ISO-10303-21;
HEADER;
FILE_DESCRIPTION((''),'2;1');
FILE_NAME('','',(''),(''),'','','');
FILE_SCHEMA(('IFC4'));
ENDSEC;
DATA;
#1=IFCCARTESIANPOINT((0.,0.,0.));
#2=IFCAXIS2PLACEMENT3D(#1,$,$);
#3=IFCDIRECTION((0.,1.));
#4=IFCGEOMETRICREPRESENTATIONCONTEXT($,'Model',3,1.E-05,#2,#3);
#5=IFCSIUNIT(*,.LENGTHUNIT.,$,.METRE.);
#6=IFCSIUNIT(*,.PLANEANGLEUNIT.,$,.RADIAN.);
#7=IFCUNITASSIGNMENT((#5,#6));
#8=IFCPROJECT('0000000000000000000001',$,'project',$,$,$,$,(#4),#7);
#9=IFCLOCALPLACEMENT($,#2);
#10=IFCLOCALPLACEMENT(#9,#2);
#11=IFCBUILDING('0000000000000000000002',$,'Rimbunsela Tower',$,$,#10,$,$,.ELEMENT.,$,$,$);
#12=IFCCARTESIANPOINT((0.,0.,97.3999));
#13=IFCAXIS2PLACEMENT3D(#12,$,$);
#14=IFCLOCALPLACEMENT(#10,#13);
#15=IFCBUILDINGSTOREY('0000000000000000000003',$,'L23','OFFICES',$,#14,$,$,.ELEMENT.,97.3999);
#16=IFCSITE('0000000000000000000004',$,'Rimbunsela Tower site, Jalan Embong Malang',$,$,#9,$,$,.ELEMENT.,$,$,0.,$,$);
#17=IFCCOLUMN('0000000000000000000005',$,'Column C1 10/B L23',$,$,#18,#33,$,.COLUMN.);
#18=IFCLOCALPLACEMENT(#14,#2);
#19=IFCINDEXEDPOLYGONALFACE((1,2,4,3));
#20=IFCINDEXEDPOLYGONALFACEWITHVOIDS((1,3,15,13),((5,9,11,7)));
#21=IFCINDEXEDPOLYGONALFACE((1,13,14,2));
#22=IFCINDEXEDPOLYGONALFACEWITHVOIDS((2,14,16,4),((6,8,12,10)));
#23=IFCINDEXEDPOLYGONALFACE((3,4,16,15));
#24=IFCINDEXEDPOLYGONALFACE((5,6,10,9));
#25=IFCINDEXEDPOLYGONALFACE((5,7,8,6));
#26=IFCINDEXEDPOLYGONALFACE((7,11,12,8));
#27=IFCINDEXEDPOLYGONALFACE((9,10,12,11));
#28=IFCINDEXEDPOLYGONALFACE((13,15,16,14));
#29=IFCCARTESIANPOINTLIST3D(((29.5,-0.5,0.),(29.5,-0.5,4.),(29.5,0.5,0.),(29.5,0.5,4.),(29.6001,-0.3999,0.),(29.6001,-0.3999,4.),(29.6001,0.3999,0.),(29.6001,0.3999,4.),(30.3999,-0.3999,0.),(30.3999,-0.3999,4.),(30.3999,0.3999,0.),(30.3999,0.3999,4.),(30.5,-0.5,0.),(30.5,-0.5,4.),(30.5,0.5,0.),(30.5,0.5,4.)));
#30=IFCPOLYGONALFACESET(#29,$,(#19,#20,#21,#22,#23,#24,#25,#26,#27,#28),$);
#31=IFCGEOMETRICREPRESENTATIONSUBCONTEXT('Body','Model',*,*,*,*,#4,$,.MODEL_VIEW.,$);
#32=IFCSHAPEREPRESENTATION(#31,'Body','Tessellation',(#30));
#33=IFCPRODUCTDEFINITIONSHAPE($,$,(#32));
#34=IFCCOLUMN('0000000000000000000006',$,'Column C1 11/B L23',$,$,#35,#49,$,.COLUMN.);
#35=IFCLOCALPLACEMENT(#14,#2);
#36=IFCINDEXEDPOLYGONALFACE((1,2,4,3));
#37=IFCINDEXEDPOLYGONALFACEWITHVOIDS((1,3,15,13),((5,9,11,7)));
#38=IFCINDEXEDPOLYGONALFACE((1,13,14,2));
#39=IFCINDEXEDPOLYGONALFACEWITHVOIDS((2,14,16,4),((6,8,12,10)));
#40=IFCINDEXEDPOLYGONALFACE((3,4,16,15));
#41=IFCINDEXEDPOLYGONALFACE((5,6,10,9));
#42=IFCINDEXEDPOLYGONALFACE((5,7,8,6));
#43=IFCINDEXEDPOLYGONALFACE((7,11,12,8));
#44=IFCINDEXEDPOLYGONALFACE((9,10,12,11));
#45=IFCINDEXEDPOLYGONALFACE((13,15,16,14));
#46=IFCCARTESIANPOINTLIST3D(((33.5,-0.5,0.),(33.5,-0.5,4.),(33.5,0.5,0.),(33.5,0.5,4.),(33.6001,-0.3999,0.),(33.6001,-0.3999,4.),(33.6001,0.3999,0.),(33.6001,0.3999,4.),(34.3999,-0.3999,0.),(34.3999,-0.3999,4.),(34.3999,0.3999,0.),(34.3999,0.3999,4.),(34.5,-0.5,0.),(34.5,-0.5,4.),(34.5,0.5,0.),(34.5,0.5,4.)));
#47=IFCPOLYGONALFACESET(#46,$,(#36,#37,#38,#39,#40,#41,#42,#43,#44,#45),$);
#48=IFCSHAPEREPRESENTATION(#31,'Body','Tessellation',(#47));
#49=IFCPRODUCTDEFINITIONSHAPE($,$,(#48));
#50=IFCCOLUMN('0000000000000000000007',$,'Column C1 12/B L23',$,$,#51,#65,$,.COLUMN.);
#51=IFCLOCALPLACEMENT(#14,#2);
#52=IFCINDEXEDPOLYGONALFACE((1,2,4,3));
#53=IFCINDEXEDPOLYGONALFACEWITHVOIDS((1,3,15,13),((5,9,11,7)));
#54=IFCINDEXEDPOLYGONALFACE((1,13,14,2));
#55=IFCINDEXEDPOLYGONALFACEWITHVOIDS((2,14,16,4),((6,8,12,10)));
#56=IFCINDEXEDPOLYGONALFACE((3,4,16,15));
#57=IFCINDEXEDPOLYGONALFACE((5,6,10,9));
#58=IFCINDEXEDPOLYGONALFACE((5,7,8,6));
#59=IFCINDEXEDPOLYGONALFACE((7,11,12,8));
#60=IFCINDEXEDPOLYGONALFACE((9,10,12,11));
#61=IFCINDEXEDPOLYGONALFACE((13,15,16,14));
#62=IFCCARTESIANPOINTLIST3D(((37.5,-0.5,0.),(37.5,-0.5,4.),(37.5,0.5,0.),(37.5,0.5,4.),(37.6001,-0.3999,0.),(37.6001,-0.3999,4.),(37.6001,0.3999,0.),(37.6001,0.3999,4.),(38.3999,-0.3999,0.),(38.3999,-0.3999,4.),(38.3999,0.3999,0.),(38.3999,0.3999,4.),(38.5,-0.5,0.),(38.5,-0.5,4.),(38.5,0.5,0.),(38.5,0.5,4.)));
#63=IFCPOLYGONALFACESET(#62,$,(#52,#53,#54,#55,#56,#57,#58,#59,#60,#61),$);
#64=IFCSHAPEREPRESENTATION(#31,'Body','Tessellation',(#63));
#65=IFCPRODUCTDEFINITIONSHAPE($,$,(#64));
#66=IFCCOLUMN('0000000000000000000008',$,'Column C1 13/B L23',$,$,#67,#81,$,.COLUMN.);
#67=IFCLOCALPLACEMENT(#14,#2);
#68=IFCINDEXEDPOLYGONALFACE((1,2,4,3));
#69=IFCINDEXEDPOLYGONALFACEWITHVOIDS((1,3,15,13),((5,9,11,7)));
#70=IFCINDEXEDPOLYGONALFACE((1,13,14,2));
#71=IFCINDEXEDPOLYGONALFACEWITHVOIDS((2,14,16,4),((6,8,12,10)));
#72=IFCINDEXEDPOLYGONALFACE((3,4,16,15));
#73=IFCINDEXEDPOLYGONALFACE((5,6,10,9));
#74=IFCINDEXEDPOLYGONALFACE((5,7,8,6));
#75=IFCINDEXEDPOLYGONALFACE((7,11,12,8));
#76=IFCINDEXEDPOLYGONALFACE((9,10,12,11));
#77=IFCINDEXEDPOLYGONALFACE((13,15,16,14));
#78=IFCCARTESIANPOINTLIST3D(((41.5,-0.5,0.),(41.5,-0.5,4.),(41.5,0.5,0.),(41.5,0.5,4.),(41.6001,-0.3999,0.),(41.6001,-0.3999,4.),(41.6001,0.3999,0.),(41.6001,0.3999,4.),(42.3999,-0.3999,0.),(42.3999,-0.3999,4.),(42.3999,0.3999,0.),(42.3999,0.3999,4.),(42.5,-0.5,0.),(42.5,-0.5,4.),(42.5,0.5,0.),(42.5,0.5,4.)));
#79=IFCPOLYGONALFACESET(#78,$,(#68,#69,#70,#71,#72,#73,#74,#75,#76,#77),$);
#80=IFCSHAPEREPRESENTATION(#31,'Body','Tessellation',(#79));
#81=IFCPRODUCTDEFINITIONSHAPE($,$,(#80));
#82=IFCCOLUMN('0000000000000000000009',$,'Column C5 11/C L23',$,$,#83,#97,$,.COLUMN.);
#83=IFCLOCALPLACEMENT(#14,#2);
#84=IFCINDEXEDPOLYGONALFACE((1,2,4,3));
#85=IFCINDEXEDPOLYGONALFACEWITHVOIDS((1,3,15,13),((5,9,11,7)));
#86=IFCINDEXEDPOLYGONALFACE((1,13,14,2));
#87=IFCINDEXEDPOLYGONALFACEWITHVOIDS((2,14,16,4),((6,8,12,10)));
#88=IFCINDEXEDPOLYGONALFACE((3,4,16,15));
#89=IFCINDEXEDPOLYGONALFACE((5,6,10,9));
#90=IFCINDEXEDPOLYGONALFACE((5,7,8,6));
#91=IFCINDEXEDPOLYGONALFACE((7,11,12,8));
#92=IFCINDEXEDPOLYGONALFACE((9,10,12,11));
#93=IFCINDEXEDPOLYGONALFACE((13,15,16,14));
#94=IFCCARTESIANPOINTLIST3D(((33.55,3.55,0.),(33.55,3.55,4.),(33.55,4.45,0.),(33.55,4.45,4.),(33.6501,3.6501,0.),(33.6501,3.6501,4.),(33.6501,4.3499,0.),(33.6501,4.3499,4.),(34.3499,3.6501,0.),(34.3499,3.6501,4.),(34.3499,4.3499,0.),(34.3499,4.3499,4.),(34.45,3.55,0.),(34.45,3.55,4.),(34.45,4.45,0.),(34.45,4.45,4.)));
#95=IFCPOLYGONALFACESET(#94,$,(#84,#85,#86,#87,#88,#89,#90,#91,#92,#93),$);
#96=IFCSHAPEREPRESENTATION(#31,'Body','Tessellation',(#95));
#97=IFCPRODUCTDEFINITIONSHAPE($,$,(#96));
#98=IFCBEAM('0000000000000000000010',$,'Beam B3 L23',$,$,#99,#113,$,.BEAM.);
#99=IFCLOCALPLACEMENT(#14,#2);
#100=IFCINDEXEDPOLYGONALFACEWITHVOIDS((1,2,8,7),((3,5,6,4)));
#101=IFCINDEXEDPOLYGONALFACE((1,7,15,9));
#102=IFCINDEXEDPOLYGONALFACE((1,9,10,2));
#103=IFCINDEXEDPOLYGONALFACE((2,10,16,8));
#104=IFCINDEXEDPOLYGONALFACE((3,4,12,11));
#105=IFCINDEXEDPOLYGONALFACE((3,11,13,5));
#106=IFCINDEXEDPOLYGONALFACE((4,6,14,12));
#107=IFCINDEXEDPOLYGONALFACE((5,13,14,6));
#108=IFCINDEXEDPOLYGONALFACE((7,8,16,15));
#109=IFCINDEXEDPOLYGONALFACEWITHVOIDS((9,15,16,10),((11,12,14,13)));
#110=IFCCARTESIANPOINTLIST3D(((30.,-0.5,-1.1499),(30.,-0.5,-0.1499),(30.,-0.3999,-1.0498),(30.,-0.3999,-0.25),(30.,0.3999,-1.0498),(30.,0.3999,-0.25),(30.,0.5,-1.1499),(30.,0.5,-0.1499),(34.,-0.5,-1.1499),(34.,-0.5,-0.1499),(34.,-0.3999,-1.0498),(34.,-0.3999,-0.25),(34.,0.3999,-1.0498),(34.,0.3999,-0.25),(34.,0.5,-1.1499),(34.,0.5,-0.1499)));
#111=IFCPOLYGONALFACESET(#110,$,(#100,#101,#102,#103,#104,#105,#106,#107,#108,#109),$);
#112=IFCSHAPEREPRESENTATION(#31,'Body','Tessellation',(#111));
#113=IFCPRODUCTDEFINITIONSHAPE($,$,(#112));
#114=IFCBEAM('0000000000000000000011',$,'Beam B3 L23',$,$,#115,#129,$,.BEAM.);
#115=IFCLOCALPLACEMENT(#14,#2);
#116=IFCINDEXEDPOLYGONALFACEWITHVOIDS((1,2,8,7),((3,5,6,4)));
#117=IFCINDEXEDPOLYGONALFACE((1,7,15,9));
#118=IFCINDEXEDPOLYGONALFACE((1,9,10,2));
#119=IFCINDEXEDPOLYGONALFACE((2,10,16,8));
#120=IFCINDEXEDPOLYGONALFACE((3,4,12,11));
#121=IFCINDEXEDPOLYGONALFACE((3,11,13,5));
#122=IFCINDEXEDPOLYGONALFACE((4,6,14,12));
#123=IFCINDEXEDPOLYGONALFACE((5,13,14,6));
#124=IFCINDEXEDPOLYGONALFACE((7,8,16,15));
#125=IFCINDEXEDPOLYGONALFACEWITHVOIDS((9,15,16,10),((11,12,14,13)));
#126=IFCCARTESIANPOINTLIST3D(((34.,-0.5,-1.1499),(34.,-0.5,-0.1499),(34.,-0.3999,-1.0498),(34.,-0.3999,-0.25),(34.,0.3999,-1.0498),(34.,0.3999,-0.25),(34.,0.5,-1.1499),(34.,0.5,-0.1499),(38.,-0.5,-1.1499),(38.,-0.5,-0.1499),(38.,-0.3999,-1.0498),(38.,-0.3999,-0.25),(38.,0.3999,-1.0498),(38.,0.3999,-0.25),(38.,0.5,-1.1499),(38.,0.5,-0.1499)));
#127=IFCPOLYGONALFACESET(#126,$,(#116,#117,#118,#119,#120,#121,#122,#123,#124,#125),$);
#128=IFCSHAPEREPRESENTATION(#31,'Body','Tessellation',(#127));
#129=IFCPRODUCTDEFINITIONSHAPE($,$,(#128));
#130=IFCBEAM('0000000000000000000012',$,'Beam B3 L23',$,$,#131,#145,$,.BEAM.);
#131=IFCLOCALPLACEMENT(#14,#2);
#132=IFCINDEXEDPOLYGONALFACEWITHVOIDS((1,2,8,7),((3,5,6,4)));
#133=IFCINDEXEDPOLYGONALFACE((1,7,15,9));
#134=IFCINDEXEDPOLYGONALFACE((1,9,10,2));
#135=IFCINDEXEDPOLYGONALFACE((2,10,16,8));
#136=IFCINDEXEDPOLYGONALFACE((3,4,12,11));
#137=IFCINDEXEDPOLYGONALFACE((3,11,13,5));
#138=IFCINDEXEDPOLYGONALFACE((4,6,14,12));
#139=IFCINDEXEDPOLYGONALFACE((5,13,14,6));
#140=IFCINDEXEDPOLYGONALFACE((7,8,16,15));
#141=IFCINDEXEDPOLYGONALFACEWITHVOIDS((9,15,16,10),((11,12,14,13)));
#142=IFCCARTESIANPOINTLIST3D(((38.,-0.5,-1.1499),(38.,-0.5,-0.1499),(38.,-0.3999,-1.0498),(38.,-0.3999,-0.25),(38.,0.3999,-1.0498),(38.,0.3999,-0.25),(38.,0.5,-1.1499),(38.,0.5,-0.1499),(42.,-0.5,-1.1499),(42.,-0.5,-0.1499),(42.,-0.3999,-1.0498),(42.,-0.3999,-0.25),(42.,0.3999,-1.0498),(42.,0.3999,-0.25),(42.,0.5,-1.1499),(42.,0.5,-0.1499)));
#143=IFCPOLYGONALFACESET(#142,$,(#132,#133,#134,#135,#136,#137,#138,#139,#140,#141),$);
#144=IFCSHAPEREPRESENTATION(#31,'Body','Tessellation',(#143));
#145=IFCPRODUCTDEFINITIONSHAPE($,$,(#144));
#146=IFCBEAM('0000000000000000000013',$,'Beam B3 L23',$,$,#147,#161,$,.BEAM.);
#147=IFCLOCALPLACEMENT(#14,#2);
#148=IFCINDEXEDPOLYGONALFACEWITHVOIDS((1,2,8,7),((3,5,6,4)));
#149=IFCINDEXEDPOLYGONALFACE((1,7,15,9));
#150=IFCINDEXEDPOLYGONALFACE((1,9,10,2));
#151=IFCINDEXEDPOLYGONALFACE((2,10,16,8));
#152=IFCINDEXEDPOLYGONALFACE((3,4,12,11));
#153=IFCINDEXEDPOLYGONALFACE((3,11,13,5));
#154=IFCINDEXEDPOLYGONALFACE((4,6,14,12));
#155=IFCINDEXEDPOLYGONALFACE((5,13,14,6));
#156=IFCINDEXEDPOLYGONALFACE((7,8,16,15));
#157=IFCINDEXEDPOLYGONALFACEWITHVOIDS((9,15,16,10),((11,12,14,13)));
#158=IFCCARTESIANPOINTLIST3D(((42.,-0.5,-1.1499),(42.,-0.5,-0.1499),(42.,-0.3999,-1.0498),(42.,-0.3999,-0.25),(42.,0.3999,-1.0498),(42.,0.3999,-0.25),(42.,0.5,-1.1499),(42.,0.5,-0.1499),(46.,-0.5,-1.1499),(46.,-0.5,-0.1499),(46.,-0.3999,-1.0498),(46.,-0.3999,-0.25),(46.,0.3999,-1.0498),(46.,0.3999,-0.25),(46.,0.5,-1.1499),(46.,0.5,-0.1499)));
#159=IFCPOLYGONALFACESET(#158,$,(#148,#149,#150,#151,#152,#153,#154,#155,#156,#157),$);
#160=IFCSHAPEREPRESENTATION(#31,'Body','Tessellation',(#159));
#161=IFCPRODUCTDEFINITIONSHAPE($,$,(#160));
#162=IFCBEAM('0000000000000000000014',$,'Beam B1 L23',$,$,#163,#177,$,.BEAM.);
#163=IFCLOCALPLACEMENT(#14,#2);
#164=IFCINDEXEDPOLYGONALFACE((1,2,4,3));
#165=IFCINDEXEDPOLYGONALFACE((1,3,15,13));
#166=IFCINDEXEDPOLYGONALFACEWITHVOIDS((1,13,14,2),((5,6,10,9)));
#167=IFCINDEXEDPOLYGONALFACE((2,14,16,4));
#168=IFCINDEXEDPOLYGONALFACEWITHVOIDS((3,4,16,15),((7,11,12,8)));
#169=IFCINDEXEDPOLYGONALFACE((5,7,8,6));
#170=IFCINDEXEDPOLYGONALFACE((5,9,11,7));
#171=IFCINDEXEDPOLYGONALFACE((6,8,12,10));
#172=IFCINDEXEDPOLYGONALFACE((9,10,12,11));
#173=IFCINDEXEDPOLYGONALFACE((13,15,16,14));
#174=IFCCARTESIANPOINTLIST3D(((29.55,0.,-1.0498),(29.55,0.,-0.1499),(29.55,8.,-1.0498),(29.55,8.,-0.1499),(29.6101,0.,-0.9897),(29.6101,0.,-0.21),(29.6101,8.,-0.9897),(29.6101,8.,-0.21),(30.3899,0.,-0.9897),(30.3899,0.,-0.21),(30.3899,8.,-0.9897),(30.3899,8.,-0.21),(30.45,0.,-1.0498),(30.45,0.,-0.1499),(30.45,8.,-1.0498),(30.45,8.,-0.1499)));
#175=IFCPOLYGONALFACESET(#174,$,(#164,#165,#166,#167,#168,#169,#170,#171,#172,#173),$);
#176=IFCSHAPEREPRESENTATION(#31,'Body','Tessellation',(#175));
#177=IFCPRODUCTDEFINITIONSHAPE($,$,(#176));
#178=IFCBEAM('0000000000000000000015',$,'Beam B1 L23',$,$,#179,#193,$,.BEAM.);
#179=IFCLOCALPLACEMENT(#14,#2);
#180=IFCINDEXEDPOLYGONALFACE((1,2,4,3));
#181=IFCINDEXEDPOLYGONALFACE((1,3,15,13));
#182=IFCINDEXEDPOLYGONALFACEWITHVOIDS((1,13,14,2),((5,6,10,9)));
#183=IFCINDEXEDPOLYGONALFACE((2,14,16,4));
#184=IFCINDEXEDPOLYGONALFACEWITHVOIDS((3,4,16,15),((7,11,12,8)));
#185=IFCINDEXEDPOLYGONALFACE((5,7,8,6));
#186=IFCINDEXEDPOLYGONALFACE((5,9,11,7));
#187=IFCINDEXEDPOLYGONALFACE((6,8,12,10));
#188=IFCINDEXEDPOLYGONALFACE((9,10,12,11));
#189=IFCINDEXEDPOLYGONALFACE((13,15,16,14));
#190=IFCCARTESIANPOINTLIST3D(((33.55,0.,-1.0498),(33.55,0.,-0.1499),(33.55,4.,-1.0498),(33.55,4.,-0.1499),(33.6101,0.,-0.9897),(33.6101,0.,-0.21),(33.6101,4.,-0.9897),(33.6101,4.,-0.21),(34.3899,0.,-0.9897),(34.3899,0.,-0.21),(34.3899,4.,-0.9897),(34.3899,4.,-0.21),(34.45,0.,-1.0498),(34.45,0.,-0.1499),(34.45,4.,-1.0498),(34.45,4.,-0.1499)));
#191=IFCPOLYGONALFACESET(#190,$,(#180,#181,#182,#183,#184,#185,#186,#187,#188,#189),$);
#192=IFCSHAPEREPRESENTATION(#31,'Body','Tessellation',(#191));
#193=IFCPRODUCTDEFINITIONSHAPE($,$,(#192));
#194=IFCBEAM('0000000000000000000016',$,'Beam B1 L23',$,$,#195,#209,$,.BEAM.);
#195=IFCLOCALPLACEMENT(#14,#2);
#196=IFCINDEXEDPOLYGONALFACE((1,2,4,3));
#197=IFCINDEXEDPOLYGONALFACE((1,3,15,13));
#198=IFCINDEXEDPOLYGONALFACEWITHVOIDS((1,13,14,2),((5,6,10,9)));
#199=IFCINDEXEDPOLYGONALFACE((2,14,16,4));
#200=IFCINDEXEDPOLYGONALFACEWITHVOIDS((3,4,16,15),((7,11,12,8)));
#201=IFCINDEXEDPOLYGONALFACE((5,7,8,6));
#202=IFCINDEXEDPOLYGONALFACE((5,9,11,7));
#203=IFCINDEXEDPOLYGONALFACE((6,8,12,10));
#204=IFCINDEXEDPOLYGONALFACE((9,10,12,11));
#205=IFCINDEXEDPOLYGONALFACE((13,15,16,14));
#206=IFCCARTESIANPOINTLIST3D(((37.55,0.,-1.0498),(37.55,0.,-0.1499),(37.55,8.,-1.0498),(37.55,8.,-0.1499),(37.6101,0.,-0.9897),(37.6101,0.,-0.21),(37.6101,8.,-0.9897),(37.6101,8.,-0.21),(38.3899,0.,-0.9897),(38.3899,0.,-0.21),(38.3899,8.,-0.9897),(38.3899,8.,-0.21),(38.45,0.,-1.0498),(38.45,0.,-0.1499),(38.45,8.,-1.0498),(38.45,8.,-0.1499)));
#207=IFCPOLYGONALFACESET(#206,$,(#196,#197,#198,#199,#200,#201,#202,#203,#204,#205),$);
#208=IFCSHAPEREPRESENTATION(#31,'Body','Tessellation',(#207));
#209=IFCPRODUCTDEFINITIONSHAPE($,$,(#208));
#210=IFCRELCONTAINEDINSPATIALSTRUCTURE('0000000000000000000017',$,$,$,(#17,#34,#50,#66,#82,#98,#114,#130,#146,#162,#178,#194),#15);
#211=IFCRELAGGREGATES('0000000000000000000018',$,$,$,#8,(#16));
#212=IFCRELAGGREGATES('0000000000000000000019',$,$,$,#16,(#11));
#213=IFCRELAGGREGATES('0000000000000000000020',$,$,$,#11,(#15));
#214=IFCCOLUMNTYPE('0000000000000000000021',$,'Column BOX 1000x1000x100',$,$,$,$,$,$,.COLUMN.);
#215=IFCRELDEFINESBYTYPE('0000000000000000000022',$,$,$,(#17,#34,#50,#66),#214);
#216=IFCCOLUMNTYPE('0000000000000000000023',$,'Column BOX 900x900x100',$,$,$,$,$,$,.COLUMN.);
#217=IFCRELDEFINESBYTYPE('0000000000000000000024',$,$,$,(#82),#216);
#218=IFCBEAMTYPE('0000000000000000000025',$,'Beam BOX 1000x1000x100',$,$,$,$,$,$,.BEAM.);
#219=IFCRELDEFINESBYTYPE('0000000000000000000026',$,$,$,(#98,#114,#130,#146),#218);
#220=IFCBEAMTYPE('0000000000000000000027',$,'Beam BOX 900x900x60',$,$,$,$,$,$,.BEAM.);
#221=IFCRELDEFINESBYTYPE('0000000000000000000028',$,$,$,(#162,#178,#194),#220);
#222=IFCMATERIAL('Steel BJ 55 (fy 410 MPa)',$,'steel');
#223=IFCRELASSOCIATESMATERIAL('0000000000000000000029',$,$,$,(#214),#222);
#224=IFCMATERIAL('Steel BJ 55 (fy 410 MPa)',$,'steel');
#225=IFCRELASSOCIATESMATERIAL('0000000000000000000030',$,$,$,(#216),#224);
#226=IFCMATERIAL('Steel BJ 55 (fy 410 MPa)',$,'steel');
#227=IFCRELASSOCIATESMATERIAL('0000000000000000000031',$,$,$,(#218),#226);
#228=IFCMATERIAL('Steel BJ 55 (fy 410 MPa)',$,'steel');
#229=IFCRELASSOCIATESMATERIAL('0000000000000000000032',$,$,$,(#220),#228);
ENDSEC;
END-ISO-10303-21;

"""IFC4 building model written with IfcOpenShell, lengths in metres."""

from ifc_helpers import new_model, si_unit, direction, frame, origin, origin_2d, place, context, subcontext, project, spatial, hollow_rectangle, extrude, material, material_profile, profile_set, type_object, element, save


model = new_model("IFC4")

# Units and contexts
model_context = context("Model", 3, precision=1e-05, world=origin(), true_north=direction((0.0, 1.0)))
body_context = subcontext(model_context, "Body", "Model", "MODEL_VIEW")
ifc_project = project(units=[si_unit("LENGTHUNIT", "METRE"), si_unit("PLANEANGLEUNIT", "RADIAN")], contexts=[model_context])

# Site, building, storey
site_placement = place(None, origin())
site = spatial("IfcSite", under=ifc_project, at=site_placement, Name="Rimbunsela Tower site, Jalan Embong Malang", CompositionType="ELEMENT", RefElevation=0.0)
building_placement = place(site_placement, origin())
building = spatial("IfcBuilding", under=site, at=building_placement, Name="Rimbunsela Tower", CompositionType="ELEMENT")
storey_placement = place(building_placement, frame((0.0, 0.0, 97.3999)))
storey = spatial("IfcBuildingStorey", under=building, at=storey_placement, Name="L23", Description="OFFICES", CompositionType="ELEMENT", Elevation=97.3999)

# Columns
ifc_material_1 = material(Name="Steel BJ 55 (fy 410 MPa)", Category="steel")
ifc_material_profile_1 = material_profile(ifc_material_1, hollow_rectangle(XDim=1.0, YDim=1.0, WallThickness=0.1001, at=origin_2d()), Name="BOX 1000x1000x100")
ifc_profile_set_1 = profile_set([ifc_material_profile_1], Name="Steel BJ 55 (fy 410 MPa)")
column_type_1 = type_object("IfcColumnType", Name="Column BOX 1000x1000x100", PredefinedType="COLUMN", material=ifc_profile_set_1)
for number, where, z_axis, x_axis, name in (
    (1, (30.0, 0.0, 0.0), (0.0, 0.0, 1.0), (1.0, 0.0, 0.0), "Column C1 10/B L23"),
    (2, (34.0, 0.0, 0.0), (0.0, 0.0, 1.0), (1.0, 0.0, 0.0), "Column C1 11/B L23"),
    (3, (38.0, 0.0, 0.0), (0.0, 0.0, 1.0), (1.0, 0.0, 0.0), "Column C1 12/B L23"),
    (4, (42.0, 0.0, 0.0), (0.0, 0.0, 1.0), (1.0, 0.0, 0.0), "Column C1 13/B L23"),
):
    element("IfcColumn", number, at=place(storey_placement, frame(where, z_axis=z_axis, x_axis=x_axis)), inside=storey, type_object=column_type_1, Name=name, PredefinedType="COLUMN", context=body_context, shape_type="SweptSolid", body=[
        extrude(hollow_rectangle(XDim=1.0, YDim=1.0, WallThickness=0.1001, at=origin_2d()), origin(), (0.0, 0.0, 1.0), 4.0),
    ])
ifc_material_2 = material(Name="Steel BJ 55 (fy 410 MPa)", Category="steel")
ifc_material_profile_2 = material_profile(ifc_material_2, hollow_rectangle(XDim=0.8999, YDim=0.8999, WallThickness=0.1001, at=origin_2d()), Name="BOX 900x900x100")
ifc_profile_set_2 = profile_set([ifc_material_profile_2], Name="Steel BJ 55 (fy 410 MPa)")
column_type_2 = type_object("IfcColumnType", Name="Column BOX 900x900x100", PredefinedType="COLUMN", material=ifc_profile_set_2)
column_placement = place(storey_placement, frame((34.0, 4.0, 0.0), z_axis=(0.0, 0.0, 1.0), x_axis=(1.0, 0.0, 0.0)))
element("IfcColumn", 5, at=column_placement, inside=storey, type_object=column_type_2, Name="Column C5 11/C L23", PredefinedType="COLUMN", context=body_context, shape_type="SweptSolid", body=[
    extrude(hollow_rectangle(XDim=0.8999, YDim=0.8999, WallThickness=0.1001, at=origin_2d()), origin(), (0.0, 0.0, 1.0), 4.0),
])

# Beams
ifc_material_3 = material(Name="Steel BJ 55 (fy 410 MPa)", Category="steel")
ifc_material_profile_3 = material_profile(ifc_material_3, hollow_rectangle(XDim=1.0, YDim=1.0, WallThickness=0.1001, at=origin_2d()), Name="BOX 1000x1000x100")
ifc_profile_set_3 = profile_set([ifc_material_profile_3], Name="Steel BJ 55 (fy 410 MPa)")
beam_type_1 = type_object("IfcBeamType", Name="Beam BOX 1000x1000x100", PredefinedType="BEAM", material=ifc_profile_set_3)
for number, where, z_axis, x_axis, name in (
    (6, (30.0, 0.0, -0.6499), (1.0, 0.0, 0.0), (0.0, 1.0, 0.0), "Beam B3 L23"),
    (7, (34.0, 0.0, -0.6499), (1.0, 0.0, 0.0), (0.0, 1.0, 0.0), "Beam B3 L23"),
    (8, (38.0, 0.0, -0.6499), (1.0, 0.0, 0.0), (0.0, 1.0, 0.0), "Beam B3 L23"),
    (9, (42.0, 0.0, -0.6499), (1.0, 0.0, 0.0), (0.0, 1.0, 0.0), "Beam B3 L23"),
):
    element("IfcBeam", number, at=place(storey_placement, frame(where, z_axis=z_axis, x_axis=x_axis)), inside=storey, type_object=beam_type_1, Name=name, PredefinedType="BEAM", context=body_context, shape_type="SweptSolid", body=[
        extrude(hollow_rectangle(XDim=1.0, YDim=1.0, WallThickness=0.1001, at=origin_2d()), origin(), (0.0, 0.0, 1.0), 4.0),
    ])
ifc_material_4 = material(Name="Steel BJ 55 (fy 410 MPa)", Category="steel")
ifc_material_profile_4 = material_profile(ifc_material_4, hollow_rectangle(XDim=0.8999, YDim=0.8999, WallThickness=0.0601, at=origin_2d()), Name="BOX 900x900x60")
ifc_profile_set_4 = profile_set([ifc_material_profile_4], Name="Steel BJ 55 (fy 410 MPa)")
beam_type_2 = type_object("IfcBeamType", Name="Beam BOX 900x900x60", PredefinedType="BEAM", material=ifc_profile_set_4)
beam_1_placement = place(storey_placement, frame((30.0, 0.0, -0.5999), z_axis=(0.0, 1.0, 0.0), x_axis=(-1.0, 0.0, 0.0)))
element("IfcBeam", 10, at=beam_1_placement, inside=storey, type_object=beam_type_2, Name="Beam B1 L23", PredefinedType="BEAM", context=body_context, shape_type="SweptSolid", body=[
    extrude(hollow_rectangle(XDim=0.8999, YDim=0.8999, WallThickness=0.0601, at=origin_2d()), origin(), (0.0, 0.0, 1.0), 8.0),
])
beam_2_placement = place(storey_placement, frame((34.0, 0.0, -0.5999), z_axis=(0.0, 1.0, 0.0), x_axis=(-1.0, 0.0, 0.0)))
element("IfcBeam", 11, at=beam_2_placement, inside=storey, type_object=beam_type_2, Name="Beam B1 L23", PredefinedType="BEAM", context=body_context, shape_type="SweptSolid", body=[
    extrude(hollow_rectangle(XDim=0.8999, YDim=0.8999, WallThickness=0.0601, at=origin_2d()), origin(), (0.0, 0.0, 1.0), 4.0),
])
beam_3_placement = place(storey_placement, frame((38.0, 0.0, -0.5999), z_axis=(0.0, 1.0, 0.0), x_axis=(-1.0, 0.0, 0.0)))
element("IfcBeam", 12, at=beam_3_placement, inside=storey, type_object=beam_type_2, Name="Beam B1 L23", PredefinedType="BEAM", context=body_context, shape_type="SweptSolid", body=[
    extrude(hollow_rectangle(XDim=0.8999, YDim=0.8999, WallThickness=0.0601, at=origin_2d()), origin(), (0.0, 0.0, 1.0), 8.0),
])

save(model, "model.ifc")
